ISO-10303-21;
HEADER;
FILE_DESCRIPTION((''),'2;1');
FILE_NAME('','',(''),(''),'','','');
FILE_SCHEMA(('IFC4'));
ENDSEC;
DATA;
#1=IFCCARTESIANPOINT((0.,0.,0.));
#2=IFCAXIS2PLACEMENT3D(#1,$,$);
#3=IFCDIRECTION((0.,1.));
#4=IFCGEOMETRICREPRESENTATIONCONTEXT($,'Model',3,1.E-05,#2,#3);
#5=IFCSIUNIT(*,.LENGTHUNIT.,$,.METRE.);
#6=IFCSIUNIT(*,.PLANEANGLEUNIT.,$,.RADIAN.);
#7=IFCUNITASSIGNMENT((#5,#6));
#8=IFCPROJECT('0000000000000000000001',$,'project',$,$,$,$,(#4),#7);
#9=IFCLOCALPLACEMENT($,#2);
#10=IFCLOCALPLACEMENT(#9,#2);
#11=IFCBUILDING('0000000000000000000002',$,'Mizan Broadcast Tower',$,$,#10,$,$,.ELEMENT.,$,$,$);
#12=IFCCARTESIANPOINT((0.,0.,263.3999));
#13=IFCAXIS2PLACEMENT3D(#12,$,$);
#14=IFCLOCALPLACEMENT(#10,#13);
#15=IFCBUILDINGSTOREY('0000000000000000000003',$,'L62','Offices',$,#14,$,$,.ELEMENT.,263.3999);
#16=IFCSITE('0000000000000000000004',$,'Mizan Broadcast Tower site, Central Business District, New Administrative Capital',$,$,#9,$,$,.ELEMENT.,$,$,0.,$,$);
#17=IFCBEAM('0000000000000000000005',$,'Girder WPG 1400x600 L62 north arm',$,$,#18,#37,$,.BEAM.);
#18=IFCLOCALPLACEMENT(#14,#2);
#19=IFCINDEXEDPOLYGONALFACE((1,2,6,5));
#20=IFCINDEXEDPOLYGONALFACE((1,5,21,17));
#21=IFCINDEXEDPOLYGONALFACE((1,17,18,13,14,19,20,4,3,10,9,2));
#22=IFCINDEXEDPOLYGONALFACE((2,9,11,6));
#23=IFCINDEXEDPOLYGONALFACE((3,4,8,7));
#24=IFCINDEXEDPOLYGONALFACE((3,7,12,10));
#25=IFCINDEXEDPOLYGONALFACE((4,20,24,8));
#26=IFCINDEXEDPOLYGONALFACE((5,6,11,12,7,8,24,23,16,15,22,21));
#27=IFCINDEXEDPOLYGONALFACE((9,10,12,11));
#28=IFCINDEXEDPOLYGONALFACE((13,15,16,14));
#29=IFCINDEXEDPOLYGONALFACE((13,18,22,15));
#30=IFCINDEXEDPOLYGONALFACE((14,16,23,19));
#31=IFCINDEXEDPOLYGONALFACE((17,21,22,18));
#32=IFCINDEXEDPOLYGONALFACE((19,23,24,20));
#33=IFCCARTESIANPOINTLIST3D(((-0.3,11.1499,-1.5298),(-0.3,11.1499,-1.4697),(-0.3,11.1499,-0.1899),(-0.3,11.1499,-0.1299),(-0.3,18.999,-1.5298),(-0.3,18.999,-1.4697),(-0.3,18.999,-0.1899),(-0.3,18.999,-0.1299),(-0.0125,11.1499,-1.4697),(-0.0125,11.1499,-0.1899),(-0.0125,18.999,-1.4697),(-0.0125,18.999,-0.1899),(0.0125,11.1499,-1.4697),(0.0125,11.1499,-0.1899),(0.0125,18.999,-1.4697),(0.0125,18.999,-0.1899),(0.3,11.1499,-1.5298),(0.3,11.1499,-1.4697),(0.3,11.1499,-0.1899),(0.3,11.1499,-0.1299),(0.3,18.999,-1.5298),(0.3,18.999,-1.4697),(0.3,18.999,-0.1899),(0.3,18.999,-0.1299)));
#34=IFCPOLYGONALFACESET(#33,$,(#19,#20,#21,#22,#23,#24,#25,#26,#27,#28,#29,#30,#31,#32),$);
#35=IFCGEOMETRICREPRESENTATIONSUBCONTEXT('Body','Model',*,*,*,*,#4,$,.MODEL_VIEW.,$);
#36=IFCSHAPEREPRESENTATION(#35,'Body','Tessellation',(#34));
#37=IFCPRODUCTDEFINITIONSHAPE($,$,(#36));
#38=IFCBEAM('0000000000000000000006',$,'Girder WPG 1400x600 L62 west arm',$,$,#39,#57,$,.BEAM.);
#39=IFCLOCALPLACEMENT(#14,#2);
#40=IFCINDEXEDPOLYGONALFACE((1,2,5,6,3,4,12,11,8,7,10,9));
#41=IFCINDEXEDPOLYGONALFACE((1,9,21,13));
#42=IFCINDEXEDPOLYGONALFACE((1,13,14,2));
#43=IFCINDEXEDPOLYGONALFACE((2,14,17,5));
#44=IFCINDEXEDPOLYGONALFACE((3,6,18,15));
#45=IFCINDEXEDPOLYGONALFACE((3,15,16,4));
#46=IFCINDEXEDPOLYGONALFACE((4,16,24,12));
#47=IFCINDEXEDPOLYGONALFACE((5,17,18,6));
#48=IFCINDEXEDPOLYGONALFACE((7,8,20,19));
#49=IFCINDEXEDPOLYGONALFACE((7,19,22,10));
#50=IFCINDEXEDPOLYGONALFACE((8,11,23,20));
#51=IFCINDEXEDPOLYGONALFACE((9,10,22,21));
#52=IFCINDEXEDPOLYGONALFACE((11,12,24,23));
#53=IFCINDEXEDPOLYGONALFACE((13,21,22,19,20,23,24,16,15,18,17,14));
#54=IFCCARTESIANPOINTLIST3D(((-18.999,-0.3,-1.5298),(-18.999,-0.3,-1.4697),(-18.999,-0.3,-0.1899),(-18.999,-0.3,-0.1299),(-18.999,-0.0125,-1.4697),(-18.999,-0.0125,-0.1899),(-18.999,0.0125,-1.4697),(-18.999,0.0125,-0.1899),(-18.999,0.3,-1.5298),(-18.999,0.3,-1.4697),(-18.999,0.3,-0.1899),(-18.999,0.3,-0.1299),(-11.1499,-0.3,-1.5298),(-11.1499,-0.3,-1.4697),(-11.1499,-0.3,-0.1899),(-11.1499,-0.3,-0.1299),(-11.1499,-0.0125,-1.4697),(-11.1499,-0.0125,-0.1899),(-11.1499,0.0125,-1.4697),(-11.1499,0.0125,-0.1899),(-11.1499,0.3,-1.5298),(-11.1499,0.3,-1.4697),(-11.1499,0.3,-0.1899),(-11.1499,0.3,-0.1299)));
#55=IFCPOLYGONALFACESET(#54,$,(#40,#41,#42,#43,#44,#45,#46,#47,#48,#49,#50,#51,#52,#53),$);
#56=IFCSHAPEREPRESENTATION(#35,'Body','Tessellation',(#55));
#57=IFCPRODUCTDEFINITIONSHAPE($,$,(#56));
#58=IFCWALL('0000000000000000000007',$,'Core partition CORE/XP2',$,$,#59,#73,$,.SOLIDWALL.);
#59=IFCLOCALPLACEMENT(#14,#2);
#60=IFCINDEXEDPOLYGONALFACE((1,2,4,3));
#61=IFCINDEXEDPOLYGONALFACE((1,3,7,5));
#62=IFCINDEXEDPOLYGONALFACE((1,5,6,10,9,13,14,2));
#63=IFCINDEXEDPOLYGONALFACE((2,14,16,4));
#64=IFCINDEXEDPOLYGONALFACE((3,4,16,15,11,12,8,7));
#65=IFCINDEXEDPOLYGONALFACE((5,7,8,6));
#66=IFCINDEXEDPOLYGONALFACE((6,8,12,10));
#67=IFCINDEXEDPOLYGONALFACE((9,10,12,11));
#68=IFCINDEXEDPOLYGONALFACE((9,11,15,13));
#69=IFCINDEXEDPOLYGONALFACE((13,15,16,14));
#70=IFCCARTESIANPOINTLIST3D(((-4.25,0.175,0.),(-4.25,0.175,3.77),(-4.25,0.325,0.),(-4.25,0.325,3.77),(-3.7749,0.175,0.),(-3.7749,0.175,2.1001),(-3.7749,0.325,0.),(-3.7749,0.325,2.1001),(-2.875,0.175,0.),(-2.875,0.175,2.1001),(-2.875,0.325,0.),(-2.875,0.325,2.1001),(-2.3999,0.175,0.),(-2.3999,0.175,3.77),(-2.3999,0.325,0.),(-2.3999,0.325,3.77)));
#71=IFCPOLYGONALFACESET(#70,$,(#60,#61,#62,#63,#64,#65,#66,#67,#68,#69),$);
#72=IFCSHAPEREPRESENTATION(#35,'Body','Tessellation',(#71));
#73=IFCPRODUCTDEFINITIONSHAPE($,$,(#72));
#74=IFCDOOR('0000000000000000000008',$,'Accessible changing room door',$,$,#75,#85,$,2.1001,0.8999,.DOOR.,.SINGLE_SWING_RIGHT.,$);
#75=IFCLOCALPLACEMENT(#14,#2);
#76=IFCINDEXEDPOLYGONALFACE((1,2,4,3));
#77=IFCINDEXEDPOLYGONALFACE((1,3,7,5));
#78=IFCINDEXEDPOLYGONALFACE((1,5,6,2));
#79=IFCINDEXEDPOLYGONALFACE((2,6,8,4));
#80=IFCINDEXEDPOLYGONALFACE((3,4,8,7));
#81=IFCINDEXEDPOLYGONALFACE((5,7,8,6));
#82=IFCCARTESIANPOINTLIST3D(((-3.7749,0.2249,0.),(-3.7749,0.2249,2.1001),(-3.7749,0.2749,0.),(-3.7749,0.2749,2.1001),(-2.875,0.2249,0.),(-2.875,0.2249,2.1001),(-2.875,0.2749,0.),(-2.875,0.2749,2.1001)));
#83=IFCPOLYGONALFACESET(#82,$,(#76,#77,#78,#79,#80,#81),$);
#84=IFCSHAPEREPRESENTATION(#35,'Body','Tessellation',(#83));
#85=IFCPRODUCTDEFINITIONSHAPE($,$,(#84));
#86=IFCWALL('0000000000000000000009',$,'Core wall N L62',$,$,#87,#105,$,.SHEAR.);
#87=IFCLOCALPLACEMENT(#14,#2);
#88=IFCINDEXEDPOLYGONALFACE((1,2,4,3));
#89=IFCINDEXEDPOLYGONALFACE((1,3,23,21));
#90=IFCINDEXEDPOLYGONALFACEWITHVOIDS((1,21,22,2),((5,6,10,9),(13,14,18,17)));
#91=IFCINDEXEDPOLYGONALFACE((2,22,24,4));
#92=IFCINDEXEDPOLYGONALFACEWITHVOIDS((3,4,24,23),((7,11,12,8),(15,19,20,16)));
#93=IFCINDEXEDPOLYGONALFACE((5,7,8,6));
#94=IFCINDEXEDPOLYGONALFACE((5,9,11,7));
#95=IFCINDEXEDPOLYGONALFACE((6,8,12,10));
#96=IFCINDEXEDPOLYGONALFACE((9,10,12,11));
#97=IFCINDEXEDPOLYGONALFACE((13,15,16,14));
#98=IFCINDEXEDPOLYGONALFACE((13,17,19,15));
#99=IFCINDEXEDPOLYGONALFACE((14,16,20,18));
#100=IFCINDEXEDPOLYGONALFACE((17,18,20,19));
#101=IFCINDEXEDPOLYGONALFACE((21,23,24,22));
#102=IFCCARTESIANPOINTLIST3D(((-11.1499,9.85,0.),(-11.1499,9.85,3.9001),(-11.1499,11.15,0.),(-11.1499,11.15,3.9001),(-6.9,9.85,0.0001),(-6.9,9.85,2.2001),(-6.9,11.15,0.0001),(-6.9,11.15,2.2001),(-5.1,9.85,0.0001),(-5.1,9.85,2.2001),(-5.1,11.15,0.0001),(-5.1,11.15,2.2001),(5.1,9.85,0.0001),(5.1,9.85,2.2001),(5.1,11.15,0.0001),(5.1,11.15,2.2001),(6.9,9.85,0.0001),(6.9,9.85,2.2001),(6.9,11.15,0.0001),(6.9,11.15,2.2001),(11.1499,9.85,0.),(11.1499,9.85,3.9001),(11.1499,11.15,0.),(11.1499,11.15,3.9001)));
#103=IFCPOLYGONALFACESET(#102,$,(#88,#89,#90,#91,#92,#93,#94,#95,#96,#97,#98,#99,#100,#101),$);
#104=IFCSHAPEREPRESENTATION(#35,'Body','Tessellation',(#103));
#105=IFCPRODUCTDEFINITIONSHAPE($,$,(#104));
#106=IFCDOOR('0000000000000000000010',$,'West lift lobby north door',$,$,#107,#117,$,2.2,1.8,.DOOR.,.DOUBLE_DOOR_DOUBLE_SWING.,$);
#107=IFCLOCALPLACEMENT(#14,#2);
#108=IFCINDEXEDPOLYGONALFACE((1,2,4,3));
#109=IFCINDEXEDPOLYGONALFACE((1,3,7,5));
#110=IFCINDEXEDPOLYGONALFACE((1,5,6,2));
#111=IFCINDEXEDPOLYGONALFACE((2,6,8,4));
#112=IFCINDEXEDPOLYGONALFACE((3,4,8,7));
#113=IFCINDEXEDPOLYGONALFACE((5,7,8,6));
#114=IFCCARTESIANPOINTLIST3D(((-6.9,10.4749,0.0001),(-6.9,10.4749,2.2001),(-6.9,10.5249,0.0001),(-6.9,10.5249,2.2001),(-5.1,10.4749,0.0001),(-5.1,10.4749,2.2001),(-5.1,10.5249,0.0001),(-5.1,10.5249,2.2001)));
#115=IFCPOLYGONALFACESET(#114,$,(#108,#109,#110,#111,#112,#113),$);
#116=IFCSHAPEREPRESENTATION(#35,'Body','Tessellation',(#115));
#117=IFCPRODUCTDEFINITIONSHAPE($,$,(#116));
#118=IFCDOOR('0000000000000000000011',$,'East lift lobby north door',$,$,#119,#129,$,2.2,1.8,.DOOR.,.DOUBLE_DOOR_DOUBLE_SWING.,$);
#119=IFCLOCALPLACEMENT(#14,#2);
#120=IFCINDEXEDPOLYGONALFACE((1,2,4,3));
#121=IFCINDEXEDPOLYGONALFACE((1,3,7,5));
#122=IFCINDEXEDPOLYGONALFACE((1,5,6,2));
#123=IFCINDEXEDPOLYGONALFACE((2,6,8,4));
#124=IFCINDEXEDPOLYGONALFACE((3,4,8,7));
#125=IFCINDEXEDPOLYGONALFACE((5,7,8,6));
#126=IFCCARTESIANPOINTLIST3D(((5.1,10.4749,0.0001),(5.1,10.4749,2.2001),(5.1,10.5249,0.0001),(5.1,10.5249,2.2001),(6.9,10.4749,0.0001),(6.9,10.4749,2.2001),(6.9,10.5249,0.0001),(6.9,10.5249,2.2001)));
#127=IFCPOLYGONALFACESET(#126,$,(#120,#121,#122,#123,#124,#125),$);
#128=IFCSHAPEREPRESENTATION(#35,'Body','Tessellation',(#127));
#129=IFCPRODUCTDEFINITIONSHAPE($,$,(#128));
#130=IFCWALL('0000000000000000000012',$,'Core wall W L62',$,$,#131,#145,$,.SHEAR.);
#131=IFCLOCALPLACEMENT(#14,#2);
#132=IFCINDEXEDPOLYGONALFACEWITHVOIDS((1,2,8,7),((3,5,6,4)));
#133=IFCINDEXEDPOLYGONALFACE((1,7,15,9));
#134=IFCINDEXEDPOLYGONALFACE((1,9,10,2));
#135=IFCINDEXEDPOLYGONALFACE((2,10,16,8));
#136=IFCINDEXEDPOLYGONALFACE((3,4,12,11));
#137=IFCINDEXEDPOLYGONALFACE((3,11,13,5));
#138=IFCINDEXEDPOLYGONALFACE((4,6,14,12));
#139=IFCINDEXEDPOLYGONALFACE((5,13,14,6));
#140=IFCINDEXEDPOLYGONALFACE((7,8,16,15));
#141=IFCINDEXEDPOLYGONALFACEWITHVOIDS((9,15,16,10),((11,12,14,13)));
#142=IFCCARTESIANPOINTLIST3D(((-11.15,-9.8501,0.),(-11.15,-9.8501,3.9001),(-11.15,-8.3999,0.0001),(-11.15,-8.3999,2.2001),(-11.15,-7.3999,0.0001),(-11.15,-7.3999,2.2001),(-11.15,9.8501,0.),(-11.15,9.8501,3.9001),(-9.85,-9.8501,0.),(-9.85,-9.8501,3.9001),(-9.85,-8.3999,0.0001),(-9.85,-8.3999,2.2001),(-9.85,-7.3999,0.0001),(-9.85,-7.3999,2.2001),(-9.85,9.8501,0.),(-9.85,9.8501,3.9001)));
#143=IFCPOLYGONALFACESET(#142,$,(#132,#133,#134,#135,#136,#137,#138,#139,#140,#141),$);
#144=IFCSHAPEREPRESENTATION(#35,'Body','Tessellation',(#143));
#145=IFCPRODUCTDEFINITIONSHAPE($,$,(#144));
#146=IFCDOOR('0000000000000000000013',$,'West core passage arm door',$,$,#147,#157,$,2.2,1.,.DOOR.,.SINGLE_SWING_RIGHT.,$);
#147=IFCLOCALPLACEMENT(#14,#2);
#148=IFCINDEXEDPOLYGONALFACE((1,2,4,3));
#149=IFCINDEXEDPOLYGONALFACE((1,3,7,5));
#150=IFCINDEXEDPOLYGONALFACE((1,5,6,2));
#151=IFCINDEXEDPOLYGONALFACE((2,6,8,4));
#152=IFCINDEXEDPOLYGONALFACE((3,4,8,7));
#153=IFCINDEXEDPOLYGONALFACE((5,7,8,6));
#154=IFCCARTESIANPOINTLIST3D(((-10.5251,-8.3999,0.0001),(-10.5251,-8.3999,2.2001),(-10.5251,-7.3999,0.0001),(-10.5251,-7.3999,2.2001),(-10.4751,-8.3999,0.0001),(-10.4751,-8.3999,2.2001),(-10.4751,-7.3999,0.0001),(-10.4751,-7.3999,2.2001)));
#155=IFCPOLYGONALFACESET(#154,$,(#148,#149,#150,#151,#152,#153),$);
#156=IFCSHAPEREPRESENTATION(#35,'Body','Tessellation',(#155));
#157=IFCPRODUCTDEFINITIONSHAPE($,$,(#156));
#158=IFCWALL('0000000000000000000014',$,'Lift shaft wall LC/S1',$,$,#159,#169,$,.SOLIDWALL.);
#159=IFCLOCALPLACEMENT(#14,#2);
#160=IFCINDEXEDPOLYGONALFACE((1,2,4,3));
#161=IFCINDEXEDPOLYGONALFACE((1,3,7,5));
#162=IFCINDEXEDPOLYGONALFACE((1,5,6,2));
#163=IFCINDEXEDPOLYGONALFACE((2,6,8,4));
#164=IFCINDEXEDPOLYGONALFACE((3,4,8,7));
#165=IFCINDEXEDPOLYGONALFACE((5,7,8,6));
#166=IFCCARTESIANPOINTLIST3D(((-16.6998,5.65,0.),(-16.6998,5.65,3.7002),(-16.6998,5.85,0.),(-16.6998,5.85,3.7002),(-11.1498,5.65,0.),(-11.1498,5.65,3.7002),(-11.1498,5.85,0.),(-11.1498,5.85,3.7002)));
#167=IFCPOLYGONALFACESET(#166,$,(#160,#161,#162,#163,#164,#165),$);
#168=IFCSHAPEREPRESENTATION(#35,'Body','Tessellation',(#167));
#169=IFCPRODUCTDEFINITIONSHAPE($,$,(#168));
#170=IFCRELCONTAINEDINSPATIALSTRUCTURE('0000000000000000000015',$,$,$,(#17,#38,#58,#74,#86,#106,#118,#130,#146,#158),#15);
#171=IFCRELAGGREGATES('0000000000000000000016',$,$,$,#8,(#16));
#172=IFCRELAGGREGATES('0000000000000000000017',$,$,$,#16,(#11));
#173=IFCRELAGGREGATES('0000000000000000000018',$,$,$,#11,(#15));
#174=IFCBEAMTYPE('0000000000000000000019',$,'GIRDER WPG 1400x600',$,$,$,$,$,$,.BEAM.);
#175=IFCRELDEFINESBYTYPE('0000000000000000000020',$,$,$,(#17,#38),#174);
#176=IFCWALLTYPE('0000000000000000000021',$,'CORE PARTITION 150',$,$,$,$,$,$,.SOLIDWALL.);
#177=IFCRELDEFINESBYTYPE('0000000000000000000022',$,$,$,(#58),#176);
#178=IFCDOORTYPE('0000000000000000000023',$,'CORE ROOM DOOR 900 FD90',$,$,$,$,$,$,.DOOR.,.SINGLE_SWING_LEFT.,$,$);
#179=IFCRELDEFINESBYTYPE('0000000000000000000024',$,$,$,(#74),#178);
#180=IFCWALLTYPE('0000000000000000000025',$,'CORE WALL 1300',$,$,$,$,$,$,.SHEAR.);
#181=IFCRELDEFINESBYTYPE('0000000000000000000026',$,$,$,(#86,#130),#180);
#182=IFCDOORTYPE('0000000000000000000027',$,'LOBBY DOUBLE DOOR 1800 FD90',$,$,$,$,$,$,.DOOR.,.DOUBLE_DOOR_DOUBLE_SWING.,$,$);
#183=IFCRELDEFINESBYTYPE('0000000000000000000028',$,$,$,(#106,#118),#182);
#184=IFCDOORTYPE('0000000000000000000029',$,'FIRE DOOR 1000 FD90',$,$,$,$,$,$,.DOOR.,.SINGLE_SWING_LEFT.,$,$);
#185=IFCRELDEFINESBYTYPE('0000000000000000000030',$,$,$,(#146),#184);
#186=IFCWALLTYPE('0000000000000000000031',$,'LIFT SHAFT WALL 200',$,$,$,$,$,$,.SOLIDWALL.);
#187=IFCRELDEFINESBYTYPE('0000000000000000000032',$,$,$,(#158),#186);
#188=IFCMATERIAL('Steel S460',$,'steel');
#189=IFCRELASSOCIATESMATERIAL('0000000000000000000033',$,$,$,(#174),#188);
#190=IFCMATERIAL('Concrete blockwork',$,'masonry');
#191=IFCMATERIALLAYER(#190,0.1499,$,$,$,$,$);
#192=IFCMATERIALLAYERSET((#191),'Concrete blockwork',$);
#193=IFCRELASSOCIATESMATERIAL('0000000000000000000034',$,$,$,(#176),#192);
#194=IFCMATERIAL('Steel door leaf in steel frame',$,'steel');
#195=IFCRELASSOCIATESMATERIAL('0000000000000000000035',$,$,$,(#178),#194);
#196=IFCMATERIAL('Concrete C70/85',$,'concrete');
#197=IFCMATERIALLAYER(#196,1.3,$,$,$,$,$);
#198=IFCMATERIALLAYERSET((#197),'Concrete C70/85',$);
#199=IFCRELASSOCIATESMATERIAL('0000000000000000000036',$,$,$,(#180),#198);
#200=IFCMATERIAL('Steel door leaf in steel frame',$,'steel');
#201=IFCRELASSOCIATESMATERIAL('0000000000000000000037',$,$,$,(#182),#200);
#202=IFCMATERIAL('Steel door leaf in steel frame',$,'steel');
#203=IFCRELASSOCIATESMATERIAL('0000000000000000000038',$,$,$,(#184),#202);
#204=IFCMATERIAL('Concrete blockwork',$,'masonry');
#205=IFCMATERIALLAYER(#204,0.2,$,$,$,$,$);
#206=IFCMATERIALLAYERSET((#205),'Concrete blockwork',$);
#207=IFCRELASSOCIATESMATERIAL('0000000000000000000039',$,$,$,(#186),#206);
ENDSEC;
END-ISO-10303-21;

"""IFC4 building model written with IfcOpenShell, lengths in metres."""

from ifc_helpers import new_model, si_unit, direction, frame, frame_2d, origin, origin_2d, place, context, subcontext, project, spatial, rectangle, i_section, extrude, material, layer, layer_set, material_profile, profile_set, type_object, element, fill, save


model = new_model("IFC4")

# Units and contexts
model_context = context("Model", 3, precision=1e-05, world=origin(), true_north=direction((0.0, 1.0)))
body_context = subcontext(model_context, "Body", "Model", "MODEL_VIEW")
ifc_project = project(units=[si_unit("LENGTHUNIT", "METRE"), si_unit("PLANEANGLEUNIT", "RADIAN")], contexts=[model_context])

# Site, building, storey
site_placement = place(None, origin())
site = spatial("IfcSite", under=ifc_project, at=site_placement, Name="Mizan Broadcast Tower site, Central Business District, New Administrative Capital", CompositionType="ELEMENT", RefElevation=0.0)
building_placement = place(site_placement, origin())
building = spatial("IfcBuilding", under=site, at=building_placement, Name="Mizan Broadcast Tower", CompositionType="ELEMENT")
storey_placement = place(building_placement, frame((0.0, 0.0, 263.3999)))
storey = spatial("IfcBuildingStorey", under=building, at=storey_placement, Name="L62", Description="Offices", CompositionType="ELEMENT", Elevation=263.3999)

# Beams
ifc_material_1 = material(Name="Steel S460", Category="steel")
ifc_material_profile = material_profile(ifc_material_1, i_section(OverallWidth=0.6001, OverallDepth=1.3999, WebThickness=0.0249, FlangeThickness=0.0601, at=origin_2d()), Name="WPG 1400x600")
ifc_profile_set = profile_set([ifc_material_profile], Name="Steel S460")
beam_type = type_object("IfcBeamType", Name="GIRDER WPG 1400x600", PredefinedType="BEAM", material=ifc_profile_set)
for number, where, z_axis, x_axis, name in (
    (1, (0.0, 11.1499, -0.8298), (0.0, 1.0, 0.0), (-1.0, 0.0, 0.0), "Girder WPG 1400x600 L62 north arm"),
    (2, (-11.1499, 0.0, -0.8298), (-1.0, 0.0, 0.0), (0.0, -1.0, 0.0), "Girder WPG 1400x600 L62 west arm"),
):
    element("IfcBeam", number, at=place(storey_placement, frame(where, z_axis=z_axis, x_axis=x_axis)), inside=storey, type_object=beam_type, Name=name, PredefinedType="BEAM", context=body_context, shape_type="SweptSolid", body=[
        extrude(i_section(OverallWidth=0.6001, OverallDepth=1.3999, WebThickness=0.0249, FlangeThickness=0.0601, at=origin_2d()), origin(), (0.0, 0.0, 1.0), 7.8491),
    ])

# Wall, opening, door
ifc_material_2 = material(Name="Concrete blockwork", Category="masonry")
ifc_layer_1 = layer(ifc_material_2, 0.1499)
ifc_layer_set_1 = layer_set([ifc_layer_1], Name="Concrete blockwork")
wall_type_1 = type_object("IfcWallType", Name="CORE PARTITION 150", PredefinedType="SOLIDWALL", material=ifc_layer_set_1)
wall_1_placement = place(storey_placement, frame((-4.25, 0.25, 0.0), z_axis=(0.0, 0.0, 1.0), x_axis=(1.0, 0.0, 0.0)))
wall_1 = element("IfcWall", 3, at=wall_1_placement, inside=storey, type_object=wall_type_1, Name="Core partition CORE/XP2", PredefinedType="SOLIDWALL", context=body_context, shape_type="SweptSolid", body=[
    extrude(rectangle(XDim=1.8501, YDim=0.1499, at=frame_2d((0.925, 0.0))), origin(), (0.0, 0.0, 1.0), 3.77),
])
opening_1_placement = place(wall_1_placement, frame((0.4751, 0.0, 0.0)))
opening_1 = element("IfcOpeningElement", 4, at=opening_1_placement, cuts=wall_1, PredefinedType="OPENING", context=body_context, shape_type="SweptSolid", body=[
    extrude(rectangle(XDim=0.8999, YDim=2.1001, at=frame_2d((0.45, 1.05))), frame((0.0, 0.085, 0.0), z_axis=(0.0, -1.0, 0.0), x_axis=(1.0, 0.0, 0.0)), (0.0, 0.0, 1.0), 0.1699),
])
ifc_material_3 = material(Name="Steel door leaf in steel frame", Category="steel")
door_type_1 = type_object("IfcDoorType", Name="CORE ROOM DOOR 900 FD90", OperationType="SINGLE_SWING_LEFT", PredefinedType="DOOR", material=ifc_material_3)
door_1_placement = place(opening_1_placement, origin())
door_1 = element("IfcDoor", 5, at=door_1_placement, inside=storey, type_object=door_type_1, Name="Accessible changing room door", OperationType="SINGLE_SWING_RIGHT", OverallHeight=2.1001, OverallWidth=0.8999, PredefinedType="DOOR", context=body_context, shape_type="SweptSolid", body=[
    extrude(rectangle(XDim=0.8999, YDim=2.1001, at=frame_2d((0.45, 1.05))), frame((0.0, 0.0249, 0.0), z_axis=(0.0, -1.0, 0.0), x_axis=(1.0, 0.0, 0.0)), (0.0, 0.0, 1.0), 0.05),
])
fill(opening_1, door_1)

# Wall, openings, doors
ifc_material_4 = material(Name="Concrete C70/85", Category="concrete")
ifc_layer_2 = layer(ifc_material_4, 1.3)
ifc_layer_set_2 = layer_set([ifc_layer_2], Name="Concrete C70/85")
wall_type_2 = type_object("IfcWallType", Name="CORE WALL 1300", PredefinedType="SHEAR", material=ifc_layer_set_2)
wall_2_placement = place(storey_placement, frame((-11.1499, 10.5, 0.0), z_axis=(0.0, 0.0, 1.0), x_axis=(1.0, 0.0, 0.0)))
wall_2 = element("IfcWall", 6, at=wall_2_placement, inside=storey, type_object=wall_type_2, Name="Core wall N L62", PredefinedType="SHEAR", context=body_context, shape_type="SweptSolid", body=[
    extrude(rectangle(XDim=22.2998, YDim=1.3, at=frame_2d((11.1499, 0.0))), origin(), (0.0, 0.0, 1.0), 3.9001),
])
opening_2_placement = place(wall_2_placement, frame((4.25, 0.0, 0.0)))
opening_2 = element("IfcOpeningElement", 7, at=opening_2_placement, cuts=wall_2, PredefinedType="OPENING", context=body_context, shape_type="SweptSolid", body=[
    extrude(rectangle(XDim=1.8, YDim=2.2, at=frame_2d((0.8999, 1.1001))), frame((0.0, 0.6599, 0.0), z_axis=(0.0, -1.0, 0.0), x_axis=(1.0, 0.0, 0.0)), (0.0, 0.0, 1.0), 1.3201),
])
opening_3_placement = place(wall_2_placement, frame((16.25, 0.0, 0.0)))
opening_3 = element("IfcOpeningElement", 8, at=opening_3_placement, cuts=wall_2, PredefinedType="OPENING", context=body_context, shape_type="SweptSolid", body=[
    extrude(rectangle(XDim=1.8, YDim=2.2, at=frame_2d((0.8999, 1.1001))), frame((0.0, 0.6599, 0.0), z_axis=(0.0, -1.0, 0.0), x_axis=(1.0, 0.0, 0.0)), (0.0, 0.0, 1.0), 1.3201),
])
ifc_material_5 = material(Name="Steel door leaf in steel frame", Category="steel")
door_type_2 = type_object("IfcDoorType", Name="LOBBY DOUBLE DOOR 1800 FD90", OperationType="DOUBLE_DOOR_DOUBLE_SWING", PredefinedType="DOOR", material=ifc_material_5)
door_2_placement = place(opening_2_placement, origin())
door_2 = element("IfcDoor", 9, at=door_2_placement, inside=storey, type_object=door_type_2, Name="West lift lobby north door", OperationType="DOUBLE_DOOR_DOUBLE_SWING", OverallHeight=2.2, OverallWidth=1.8, PredefinedType="DOOR", context=body_context, shape_type="SweptSolid", body=[
    extrude(rectangle(XDim=1.8, YDim=2.2, at=frame_2d((0.8999, 1.1001))), frame((0.0, 0.0249, 0.0), z_axis=(0.0, -1.0, 0.0), x_axis=(1.0, 0.0, 0.0)), (0.0, 0.0, 1.0), 0.05),
])
fill(opening_2, door_2)
door_3_placement = place(opening_3_placement, origin())
door_3 = element("IfcDoor", 10, at=door_3_placement, inside=storey, type_object=door_type_2, Name="East lift lobby north door", OperationType="DOUBLE_DOOR_DOUBLE_SWING", OverallHeight=2.2, OverallWidth=1.8, PredefinedType="DOOR", context=body_context, shape_type="SweptSolid", body=[
    extrude(rectangle(XDim=1.8, YDim=2.2, at=frame_2d((0.8999, 1.1001))), frame((0.0, 0.0249, 0.0), z_axis=(0.0, -1.0, 0.0), x_axis=(1.0, 0.0, 0.0)), (0.0, 0.0, 1.0), 0.05),
])
fill(opening_3, door_3)

# Wall, opening, door
wall_3_placement = place(storey_placement, frame((-10.5, 9.8501, 0.0), z_axis=(0.0, 0.0, 1.0), x_axis=(0.0, -1.0, 0.0)))
wall_3 = element("IfcWall", 11, at=wall_3_placement, inside=storey, type_object=wall_type_2, Name="Core wall W L62", PredefinedType="SHEAR", context=body_context, shape_type="SweptSolid", body=[
    extrude(rectangle(XDim=19.7002, YDim=1.3, at=frame_2d((9.8501, 0.0))), origin(), (0.0, 0.0, 1.0), 3.9001),
])
opening_4_placement = place(wall_3_placement, frame((17.25, 0.0, 0.0)))
opening_4 = element("IfcOpeningElement", 12, at=opening_4_placement, cuts=wall_3, PredefinedType="OPENING", context=body_context, shape_type="SweptSolid", body=[
    extrude(rectangle(XDim=1.0, YDim=2.2, at=frame_2d((0.5, 1.1001))), frame((0.0, 0.6599, 0.0), z_axis=(0.0, -1.0, 0.0), x_axis=(1.0, 0.0, 0.0)), (0.0, 0.0, 1.0), 1.3201),
])
ifc_material_6 = material(Name="Steel door leaf in steel frame", Category="steel")
door_type_3 = type_object("IfcDoorType", Name="FIRE DOOR 1000 FD90", OperationType="SINGLE_SWING_LEFT", PredefinedType="DOOR", material=ifc_material_6)
door_4_placement = place(opening_4_placement, origin())
door_4 = element("IfcDoor", 13, at=door_4_placement, inside=storey, type_object=door_type_3, Name="West core passage arm door", OperationType="SINGLE_SWING_RIGHT", OverallHeight=2.2, OverallWidth=1.0, PredefinedType="DOOR", context=body_context, shape_type="SweptSolid", body=[
    extrude(rectangle(XDim=1.0, YDim=2.2, at=frame_2d((0.5, 1.1001))), frame((0.0, 0.0249, 0.0), z_axis=(0.0, -1.0, 0.0), x_axis=(1.0, 0.0, 0.0)), (0.0, 0.0, 1.0), 0.05),
])
fill(opening_4, door_4)

# Wall
ifc_material_7 = material(Name="Concrete blockwork", Category="masonry")
ifc_layer_3 = layer(ifc_material_7, 0.2)
ifc_layer_set_3 = layer_set([ifc_layer_3], Name="Concrete blockwork")
wall_type_3 = type_object("IfcWallType", Name="LIFT SHAFT WALL 200", PredefinedType="SOLIDWALL", material=ifc_layer_set_3)
wall_4_placement = place(storey_placement, frame((-11.1499, 5.75, 0.0), z_axis=(0.0, 0.0, 1.0), x_axis=(-1.0, 0.0, 0.0)))
element("IfcWall", 14, at=wall_4_placement, inside=storey, type_object=wall_type_3, Name="Lift shaft wall LC/S1", PredefinedType="SOLIDWALL", context=body_context, shape_type="SweptSolid", body=[
    extrude(rectangle(XDim=5.55, YDim=0.2, at=frame_2d((2.7749, 0.0))), origin(), (0.0, 0.0, 1.0), 3.7002),
])

save(model, "model.ifc")
